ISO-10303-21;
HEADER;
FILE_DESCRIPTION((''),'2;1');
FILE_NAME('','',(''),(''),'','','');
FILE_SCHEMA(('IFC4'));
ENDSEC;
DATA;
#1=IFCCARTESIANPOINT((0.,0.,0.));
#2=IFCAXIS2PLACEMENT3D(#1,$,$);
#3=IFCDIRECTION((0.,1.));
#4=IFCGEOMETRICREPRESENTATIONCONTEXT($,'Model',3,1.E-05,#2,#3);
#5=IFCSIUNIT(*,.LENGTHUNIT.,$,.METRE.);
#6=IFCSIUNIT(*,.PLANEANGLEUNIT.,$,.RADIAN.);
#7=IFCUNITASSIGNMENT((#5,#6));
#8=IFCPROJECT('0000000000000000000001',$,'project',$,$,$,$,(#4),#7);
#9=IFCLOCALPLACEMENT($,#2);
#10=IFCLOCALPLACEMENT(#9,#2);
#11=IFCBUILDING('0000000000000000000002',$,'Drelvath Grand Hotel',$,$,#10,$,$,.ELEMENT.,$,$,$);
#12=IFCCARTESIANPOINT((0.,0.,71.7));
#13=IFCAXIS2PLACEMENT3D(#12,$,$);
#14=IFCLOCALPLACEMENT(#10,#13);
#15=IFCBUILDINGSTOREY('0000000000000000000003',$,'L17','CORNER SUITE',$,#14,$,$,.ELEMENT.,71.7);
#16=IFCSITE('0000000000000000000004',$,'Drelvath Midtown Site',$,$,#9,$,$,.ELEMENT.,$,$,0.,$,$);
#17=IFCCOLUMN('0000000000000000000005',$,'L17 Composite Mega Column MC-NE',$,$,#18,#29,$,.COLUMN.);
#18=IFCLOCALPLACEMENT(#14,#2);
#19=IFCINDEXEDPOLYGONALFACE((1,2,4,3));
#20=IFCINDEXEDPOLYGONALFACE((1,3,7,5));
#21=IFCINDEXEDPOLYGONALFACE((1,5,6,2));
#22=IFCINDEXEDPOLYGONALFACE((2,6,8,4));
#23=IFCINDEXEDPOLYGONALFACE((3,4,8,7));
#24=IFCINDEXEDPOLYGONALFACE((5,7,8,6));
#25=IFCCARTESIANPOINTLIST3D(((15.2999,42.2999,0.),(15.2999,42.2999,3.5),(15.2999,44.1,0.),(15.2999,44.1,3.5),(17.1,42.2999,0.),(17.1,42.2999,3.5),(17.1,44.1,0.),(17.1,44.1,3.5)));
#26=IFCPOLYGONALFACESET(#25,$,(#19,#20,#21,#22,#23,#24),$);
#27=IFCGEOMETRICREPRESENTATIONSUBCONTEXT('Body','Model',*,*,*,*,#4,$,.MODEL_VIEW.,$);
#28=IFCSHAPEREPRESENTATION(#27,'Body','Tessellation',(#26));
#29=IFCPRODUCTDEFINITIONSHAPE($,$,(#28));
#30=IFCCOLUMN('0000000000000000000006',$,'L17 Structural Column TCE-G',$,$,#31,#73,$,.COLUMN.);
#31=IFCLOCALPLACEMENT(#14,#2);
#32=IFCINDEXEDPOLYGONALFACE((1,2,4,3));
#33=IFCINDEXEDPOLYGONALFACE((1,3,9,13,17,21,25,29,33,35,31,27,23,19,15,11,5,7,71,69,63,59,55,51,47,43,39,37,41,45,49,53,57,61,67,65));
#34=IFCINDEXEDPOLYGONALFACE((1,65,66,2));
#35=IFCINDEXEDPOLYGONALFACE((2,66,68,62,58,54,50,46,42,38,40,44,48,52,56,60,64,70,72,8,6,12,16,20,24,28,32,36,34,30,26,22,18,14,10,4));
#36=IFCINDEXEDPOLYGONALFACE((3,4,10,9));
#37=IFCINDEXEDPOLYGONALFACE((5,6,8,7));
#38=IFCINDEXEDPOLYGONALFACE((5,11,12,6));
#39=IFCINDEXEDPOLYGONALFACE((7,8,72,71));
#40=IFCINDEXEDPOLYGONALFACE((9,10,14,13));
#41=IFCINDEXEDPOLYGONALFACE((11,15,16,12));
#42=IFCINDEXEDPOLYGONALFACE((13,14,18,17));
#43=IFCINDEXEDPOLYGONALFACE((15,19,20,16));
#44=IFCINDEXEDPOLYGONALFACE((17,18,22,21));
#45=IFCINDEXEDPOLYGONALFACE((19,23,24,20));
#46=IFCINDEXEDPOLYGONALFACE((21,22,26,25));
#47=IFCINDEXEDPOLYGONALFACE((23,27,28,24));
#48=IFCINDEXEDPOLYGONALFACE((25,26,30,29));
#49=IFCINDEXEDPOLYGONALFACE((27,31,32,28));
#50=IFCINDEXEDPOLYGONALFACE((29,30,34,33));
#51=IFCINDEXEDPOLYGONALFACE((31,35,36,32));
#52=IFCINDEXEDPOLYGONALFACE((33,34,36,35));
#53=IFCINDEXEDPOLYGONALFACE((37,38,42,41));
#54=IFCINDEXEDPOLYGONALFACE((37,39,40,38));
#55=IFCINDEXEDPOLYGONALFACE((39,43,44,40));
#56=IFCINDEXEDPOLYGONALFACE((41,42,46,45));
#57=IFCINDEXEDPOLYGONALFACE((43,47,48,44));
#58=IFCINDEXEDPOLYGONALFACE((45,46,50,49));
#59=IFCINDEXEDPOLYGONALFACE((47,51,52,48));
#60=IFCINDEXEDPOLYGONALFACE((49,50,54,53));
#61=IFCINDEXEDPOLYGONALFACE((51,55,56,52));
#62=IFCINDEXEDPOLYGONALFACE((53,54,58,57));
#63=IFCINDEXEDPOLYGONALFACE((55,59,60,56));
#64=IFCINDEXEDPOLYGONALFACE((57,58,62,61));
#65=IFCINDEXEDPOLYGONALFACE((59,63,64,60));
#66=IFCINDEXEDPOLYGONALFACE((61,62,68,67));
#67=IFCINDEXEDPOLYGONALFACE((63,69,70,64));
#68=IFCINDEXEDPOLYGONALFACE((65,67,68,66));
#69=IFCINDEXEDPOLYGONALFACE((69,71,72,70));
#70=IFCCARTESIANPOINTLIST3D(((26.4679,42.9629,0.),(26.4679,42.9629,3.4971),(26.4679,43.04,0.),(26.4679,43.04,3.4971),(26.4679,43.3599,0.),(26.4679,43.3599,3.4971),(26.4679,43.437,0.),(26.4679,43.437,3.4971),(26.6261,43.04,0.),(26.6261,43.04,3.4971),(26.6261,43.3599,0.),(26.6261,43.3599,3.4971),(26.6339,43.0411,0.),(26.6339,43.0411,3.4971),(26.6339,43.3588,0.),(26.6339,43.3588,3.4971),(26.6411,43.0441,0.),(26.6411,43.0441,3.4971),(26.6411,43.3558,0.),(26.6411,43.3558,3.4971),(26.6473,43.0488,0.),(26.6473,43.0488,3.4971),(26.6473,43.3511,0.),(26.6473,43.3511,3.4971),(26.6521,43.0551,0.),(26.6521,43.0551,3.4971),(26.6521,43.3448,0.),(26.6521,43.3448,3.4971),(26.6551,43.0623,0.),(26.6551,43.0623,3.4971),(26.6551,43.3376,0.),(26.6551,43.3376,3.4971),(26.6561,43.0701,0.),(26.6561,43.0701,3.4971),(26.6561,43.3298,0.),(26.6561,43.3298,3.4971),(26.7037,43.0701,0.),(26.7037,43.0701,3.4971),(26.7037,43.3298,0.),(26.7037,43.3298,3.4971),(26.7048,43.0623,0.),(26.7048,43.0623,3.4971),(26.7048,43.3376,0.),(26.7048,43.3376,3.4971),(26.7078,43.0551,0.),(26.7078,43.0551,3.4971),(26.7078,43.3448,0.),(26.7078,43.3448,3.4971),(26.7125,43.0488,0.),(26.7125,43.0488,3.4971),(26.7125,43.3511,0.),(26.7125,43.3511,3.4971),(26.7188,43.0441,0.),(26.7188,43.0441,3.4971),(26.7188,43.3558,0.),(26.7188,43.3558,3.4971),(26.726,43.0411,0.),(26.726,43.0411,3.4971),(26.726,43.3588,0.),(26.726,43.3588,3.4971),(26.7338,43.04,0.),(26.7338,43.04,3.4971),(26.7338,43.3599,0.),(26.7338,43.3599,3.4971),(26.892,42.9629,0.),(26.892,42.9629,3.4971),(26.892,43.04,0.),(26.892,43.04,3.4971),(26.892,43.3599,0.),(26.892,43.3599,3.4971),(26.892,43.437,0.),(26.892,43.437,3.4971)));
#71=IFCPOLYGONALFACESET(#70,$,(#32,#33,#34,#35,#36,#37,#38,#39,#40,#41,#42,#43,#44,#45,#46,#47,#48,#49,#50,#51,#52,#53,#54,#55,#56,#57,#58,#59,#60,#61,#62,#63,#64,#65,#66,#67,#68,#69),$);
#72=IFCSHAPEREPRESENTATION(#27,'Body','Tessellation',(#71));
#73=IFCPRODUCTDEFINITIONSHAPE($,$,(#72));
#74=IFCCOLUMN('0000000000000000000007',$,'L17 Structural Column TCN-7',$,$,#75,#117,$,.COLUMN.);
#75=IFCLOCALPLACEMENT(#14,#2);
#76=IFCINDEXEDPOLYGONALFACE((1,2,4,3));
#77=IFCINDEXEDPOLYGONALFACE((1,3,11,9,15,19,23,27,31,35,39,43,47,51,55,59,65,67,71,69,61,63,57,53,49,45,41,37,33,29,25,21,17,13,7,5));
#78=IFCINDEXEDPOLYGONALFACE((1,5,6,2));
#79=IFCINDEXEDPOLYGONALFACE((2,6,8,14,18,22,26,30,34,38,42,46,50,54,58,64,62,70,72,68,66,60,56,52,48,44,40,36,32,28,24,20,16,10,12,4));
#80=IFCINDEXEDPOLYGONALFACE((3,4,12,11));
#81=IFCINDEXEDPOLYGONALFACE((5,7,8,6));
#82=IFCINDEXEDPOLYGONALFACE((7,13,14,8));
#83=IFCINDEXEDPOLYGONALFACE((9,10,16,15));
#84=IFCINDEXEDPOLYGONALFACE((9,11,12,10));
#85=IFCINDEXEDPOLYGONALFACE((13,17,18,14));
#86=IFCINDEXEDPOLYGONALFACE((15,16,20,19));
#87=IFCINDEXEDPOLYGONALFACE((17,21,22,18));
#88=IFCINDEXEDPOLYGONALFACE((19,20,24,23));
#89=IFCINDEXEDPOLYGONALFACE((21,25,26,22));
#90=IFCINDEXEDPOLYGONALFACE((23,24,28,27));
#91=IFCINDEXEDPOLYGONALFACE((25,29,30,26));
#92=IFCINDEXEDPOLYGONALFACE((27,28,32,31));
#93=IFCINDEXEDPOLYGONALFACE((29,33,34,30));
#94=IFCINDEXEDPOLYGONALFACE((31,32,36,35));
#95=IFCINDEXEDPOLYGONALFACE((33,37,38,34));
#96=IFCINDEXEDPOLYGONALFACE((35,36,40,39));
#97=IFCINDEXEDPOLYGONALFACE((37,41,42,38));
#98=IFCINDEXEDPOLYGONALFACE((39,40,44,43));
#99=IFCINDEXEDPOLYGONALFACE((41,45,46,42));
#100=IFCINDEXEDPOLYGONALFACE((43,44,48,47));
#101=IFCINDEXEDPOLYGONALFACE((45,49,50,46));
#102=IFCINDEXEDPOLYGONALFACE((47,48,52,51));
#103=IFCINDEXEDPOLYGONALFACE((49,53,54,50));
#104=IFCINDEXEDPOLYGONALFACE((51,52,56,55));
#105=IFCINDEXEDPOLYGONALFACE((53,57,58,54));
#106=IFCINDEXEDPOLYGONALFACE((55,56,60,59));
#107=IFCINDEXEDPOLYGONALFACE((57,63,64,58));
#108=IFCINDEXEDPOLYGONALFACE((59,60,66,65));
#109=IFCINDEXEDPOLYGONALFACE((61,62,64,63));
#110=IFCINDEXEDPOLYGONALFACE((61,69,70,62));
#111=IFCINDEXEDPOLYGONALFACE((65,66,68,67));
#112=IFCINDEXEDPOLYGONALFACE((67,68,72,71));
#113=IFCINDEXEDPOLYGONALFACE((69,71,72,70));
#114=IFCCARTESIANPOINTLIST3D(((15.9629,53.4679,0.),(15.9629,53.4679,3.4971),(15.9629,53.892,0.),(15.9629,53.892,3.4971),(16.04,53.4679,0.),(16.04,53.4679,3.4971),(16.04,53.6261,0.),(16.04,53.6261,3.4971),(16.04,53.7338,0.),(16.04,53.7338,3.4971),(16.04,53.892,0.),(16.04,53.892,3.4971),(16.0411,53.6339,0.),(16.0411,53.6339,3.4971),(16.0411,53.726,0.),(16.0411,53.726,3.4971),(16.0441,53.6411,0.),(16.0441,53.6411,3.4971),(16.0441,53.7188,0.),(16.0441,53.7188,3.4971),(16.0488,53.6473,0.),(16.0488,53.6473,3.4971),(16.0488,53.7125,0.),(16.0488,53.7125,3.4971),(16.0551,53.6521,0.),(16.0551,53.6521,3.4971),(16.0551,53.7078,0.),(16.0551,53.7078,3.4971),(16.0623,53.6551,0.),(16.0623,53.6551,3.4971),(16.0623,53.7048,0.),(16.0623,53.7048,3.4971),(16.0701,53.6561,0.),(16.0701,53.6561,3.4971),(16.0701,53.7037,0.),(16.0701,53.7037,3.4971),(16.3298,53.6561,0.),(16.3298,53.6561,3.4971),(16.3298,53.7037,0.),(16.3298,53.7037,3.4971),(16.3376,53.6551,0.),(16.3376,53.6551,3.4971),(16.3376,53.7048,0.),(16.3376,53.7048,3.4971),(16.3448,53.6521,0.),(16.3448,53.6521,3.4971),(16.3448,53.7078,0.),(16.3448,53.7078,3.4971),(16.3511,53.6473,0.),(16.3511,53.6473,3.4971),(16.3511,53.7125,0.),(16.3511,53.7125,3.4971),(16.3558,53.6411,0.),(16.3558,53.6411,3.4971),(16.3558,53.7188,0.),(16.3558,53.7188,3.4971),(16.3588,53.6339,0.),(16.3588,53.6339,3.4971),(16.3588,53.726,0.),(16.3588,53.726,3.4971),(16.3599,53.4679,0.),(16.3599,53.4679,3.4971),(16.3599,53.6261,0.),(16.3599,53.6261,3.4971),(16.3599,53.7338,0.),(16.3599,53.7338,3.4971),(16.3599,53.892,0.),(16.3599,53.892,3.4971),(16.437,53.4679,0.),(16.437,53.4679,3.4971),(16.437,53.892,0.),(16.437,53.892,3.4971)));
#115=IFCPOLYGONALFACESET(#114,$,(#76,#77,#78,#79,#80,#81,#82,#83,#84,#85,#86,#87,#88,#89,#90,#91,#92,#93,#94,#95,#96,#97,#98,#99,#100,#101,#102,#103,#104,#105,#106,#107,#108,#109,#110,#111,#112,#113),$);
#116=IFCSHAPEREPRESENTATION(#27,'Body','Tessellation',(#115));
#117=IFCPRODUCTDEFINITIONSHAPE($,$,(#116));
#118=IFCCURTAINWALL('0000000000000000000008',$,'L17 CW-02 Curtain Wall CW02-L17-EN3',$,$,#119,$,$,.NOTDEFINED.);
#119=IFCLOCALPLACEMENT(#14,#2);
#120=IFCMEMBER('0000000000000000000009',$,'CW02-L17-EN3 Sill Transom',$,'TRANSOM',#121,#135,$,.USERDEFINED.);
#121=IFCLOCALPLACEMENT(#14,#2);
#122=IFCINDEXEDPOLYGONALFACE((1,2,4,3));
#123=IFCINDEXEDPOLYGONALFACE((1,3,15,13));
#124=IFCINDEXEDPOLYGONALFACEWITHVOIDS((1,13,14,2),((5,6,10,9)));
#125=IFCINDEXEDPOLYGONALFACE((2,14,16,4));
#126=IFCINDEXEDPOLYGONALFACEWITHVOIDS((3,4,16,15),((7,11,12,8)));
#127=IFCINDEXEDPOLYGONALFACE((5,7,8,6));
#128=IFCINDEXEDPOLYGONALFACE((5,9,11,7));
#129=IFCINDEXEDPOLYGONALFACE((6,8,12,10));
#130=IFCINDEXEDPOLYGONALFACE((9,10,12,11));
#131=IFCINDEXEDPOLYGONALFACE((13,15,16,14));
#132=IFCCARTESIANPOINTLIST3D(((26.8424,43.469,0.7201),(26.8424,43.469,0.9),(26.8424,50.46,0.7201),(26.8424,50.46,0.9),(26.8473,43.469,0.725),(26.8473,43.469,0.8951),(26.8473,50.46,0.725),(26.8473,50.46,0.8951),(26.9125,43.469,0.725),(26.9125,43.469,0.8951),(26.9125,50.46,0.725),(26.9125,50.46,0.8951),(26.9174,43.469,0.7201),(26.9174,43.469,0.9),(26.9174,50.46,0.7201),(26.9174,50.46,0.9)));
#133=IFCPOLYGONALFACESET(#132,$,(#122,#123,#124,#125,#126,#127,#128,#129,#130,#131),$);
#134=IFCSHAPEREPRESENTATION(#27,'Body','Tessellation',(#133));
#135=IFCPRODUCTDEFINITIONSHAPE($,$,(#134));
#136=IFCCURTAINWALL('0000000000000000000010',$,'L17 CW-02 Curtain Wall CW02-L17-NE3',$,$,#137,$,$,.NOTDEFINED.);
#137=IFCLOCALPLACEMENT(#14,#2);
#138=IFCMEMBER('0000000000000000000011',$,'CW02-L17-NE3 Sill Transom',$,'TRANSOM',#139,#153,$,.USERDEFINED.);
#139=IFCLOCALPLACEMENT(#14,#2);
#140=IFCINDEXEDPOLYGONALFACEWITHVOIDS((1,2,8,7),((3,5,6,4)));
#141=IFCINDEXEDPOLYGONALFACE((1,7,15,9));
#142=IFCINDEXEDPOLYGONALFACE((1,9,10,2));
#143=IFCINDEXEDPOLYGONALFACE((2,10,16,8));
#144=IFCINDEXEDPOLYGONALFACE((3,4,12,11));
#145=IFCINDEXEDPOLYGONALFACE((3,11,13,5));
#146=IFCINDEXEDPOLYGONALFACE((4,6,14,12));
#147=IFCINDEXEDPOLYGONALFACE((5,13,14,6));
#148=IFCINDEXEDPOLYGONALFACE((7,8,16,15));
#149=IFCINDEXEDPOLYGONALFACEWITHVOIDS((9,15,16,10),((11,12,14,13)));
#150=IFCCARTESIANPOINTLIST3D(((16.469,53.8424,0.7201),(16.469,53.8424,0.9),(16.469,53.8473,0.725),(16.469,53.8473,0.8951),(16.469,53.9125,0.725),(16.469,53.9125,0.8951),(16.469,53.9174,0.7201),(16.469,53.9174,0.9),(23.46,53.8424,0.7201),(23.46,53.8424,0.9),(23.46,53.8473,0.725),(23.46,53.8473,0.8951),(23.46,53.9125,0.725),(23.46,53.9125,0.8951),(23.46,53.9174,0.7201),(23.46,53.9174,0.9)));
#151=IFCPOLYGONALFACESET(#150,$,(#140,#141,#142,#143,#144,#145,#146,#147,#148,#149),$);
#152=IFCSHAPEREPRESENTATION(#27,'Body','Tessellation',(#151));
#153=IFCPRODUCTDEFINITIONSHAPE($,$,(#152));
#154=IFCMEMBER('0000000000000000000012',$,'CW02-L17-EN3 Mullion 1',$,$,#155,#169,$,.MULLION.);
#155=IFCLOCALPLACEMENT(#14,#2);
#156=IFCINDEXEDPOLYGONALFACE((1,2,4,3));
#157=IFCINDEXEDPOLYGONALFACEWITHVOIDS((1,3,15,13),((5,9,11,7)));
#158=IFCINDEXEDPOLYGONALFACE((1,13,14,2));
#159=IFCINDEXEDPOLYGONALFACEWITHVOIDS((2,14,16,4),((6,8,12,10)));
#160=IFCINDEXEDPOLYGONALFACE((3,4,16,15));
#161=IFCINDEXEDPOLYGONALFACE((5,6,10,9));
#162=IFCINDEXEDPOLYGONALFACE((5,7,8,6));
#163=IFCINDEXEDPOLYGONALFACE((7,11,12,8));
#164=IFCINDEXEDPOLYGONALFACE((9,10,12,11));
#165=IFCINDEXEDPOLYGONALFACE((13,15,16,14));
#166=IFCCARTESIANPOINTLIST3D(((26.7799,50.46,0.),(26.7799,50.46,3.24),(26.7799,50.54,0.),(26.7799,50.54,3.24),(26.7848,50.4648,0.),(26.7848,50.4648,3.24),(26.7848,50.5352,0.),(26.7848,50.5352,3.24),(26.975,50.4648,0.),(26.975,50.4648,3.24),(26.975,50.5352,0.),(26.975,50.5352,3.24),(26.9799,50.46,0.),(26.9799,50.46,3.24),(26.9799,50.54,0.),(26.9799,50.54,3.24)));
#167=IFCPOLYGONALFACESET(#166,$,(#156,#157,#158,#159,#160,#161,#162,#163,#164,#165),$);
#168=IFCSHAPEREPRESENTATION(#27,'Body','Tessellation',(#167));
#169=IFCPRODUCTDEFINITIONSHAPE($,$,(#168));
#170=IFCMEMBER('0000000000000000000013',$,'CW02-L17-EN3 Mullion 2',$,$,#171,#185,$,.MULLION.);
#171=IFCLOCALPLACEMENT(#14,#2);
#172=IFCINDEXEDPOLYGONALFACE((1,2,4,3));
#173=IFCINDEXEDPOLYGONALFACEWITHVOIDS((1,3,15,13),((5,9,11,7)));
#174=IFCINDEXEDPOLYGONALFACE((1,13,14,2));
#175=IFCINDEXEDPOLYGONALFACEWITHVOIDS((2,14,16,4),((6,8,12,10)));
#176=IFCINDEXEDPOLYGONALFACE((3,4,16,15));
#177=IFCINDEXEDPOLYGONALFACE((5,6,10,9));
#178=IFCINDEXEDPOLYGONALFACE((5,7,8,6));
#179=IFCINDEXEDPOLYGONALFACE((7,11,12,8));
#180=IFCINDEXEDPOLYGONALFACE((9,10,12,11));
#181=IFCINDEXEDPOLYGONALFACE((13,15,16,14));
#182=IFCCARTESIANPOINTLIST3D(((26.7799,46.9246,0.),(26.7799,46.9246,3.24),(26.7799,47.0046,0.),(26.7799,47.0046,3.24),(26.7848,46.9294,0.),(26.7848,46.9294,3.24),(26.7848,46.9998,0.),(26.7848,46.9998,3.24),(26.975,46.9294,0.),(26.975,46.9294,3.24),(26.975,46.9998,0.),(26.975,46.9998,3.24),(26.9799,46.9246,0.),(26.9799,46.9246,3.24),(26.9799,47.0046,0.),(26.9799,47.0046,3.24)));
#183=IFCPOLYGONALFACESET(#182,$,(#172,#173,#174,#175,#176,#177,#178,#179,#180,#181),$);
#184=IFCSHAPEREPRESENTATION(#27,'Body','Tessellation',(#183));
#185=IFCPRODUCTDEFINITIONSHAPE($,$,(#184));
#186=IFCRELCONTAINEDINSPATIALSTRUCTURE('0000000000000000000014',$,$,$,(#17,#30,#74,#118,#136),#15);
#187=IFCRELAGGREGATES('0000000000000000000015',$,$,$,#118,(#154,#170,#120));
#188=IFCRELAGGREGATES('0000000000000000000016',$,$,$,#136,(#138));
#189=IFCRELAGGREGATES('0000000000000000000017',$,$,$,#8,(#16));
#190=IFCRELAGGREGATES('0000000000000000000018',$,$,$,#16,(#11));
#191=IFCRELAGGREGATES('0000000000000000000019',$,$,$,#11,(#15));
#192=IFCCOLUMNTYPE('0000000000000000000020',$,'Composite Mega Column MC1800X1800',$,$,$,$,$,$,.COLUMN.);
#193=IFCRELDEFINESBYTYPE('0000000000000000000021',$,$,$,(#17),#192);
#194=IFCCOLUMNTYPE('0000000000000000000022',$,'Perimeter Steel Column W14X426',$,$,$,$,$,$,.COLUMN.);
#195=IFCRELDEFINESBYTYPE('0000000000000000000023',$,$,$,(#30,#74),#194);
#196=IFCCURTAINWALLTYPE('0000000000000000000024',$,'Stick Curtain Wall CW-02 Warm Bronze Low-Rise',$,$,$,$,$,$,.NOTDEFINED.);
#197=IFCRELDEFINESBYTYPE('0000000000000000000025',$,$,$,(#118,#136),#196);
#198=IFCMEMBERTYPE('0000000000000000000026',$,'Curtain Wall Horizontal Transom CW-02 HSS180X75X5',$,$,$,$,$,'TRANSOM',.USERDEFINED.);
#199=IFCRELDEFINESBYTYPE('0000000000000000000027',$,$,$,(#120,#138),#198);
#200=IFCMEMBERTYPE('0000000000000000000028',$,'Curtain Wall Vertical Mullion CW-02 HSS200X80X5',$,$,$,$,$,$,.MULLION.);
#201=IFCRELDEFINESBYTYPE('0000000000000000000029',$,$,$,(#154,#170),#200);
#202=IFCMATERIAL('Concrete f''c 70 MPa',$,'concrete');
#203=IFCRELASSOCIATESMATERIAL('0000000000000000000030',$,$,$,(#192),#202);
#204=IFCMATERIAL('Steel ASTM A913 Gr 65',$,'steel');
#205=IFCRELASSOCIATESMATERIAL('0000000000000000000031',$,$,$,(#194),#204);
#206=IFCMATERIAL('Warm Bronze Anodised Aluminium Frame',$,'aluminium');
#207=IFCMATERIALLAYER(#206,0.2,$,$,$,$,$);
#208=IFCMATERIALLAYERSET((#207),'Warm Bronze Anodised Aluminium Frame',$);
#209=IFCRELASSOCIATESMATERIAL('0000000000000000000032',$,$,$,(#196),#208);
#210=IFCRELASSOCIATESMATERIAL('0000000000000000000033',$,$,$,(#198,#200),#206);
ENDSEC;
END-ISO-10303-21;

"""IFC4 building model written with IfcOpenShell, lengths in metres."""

from ifc_helpers import new_model, si_unit, direction, frame, origin, origin_2d, place, context, subcontext, project, spatial, rectangle, hollow_rectangle, i_section, extrude, material, layer, layer_set, material_profile, profile_set, type_object, element, aggregate, save


model = new_model("IFC4")

# Units and contexts
model_context = context("Model", 3, precision=1e-05, world=origin(), true_north=direction((0.0, 1.0)))
body_context = subcontext(model_context, "Body", "Model", "MODEL_VIEW")
ifc_project = project(units=[si_unit("LENGTHUNIT", "METRE"), si_unit("PLANEANGLEUNIT", "RADIAN")], contexts=[model_context])

# Site, building, storey
site_placement = place(None, origin())
site = spatial("IfcSite", under=ifc_project, at=site_placement, Name="Drelvath Midtown Site", CompositionType="ELEMENT", RefElevation=0.0)
building_placement = place(site_placement, origin())
building = spatial("IfcBuilding", under=site, at=building_placement, Name="Drelvath Grand Hotel", CompositionType="ELEMENT")
storey_placement = place(building_placement, frame((0.0, 0.0, 71.7)))
storey = spatial("IfcBuildingStorey", under=building, at=storey_placement, Name="L17", Description="CORNER SUITE", CompositionType="ELEMENT", Elevation=71.7)

# Columns
ifc_material_1 = material(Name="Concrete f'c 70 MPa", Category="concrete")
ifc_material_profile_1 = material_profile(ifc_material_1, rectangle(XDim=1.8, YDim=1.8, at=origin_2d()), Name="MC1800X1800")
ifc_profile_set_1 = profile_set([ifc_material_profile_1], Name="Concrete f'c 70 MPa")
column_type_1 = type_object("IfcColumnType", Name="Composite Mega Column MC1800X1800", PredefinedType="COLUMN", material=ifc_profile_set_1)
column_placement = place(storey_placement, frame((16.2, 43.2, 0.0), z_axis=(0.0, 0.0, 1.0), x_axis=(1.0, 0.0, 0.0)))
element("IfcColumn", 1, at=column_placement, inside=storey, type_object=column_type_1, Name="L17 Composite Mega Column MC-NE", PredefinedType="COLUMN", context=body_context, shape_type="SweptSolid", body=[
    extrude(rectangle(XDim=1.8, YDim=1.8, at=origin_2d()), origin(), (0.0, 0.0, 1.0), 3.5),
])
ifc_material_2 = material(Name="Steel ASTM A913 Gr 65", Category="steel")
ifc_material_profile_2 = material_profile(ifc_material_2, i_section(OverallWidth=0.4241, OverallDepth=0.4741, WebThickness=0.0476, FlangeThickness=0.0771, FilletRadius=0.03, at=origin_2d()), Name="W14X426")
ifc_profile_set_2 = profile_set([ifc_material_profile_2], Name="Steel ASTM A913 Gr 65")
column_type_2 = type_object("IfcColumnType", Name="Perimeter Steel Column W14X426", PredefinedType="COLUMN", material=ifc_profile_set_2)
for number, where, z_axis, x_axis, name in (
    (2, (26.6799, 43.2, 0.0), (0.0, 0.0, 1.0), (1.0, 0.0, 0.0), "L17 Structural Column TCE-G"),
    (3, (16.2, 53.6799, 0.0), (0.0, 0.0, 1.0), (0.0, 1.0, 0.0), "L17 Structural Column TCN-7"),
):
    element("IfcColumn", number, at=place(storey_placement, frame(where, z_axis=z_axis, x_axis=x_axis)), inside=storey, type_object=column_type_2, Name=name, PredefinedType="COLUMN", context=body_context, shape_type="SweptSolid", body=[
        extrude(i_section(OverallWidth=0.4241, OverallDepth=0.4741, WebThickness=0.0476, FlangeThickness=0.0771, FilletRadius=0.03, at=origin_2d()), origin(), (0.0, 0.0, 1.0), 3.4971),
    ])

# Curtain walls, members
ifc_material_3 = material(Name="Warm Bronze Anodised Aluminium Frame", Category="aluminium")
ifc_layer_1 = layer(ifc_material_3, 0.2)
ifc_layer_set_1 = layer_set([ifc_layer_1], Name="Warm Bronze Anodised Aluminium Frame")
curtain_wall_type = type_object("IfcCurtainWallType", Name="Stick Curtain Wall CW-02 Warm Bronze Low-Rise", PredefinedType="NOTDEFINED", material=ifc_layer_set_1)
curtain_wall_1_placement = place(storey_placement, origin())
curtain_wall_1 = element("IfcCurtainWall", 4, at=curtain_wall_1_placement, inside=storey, type_object=curtain_wall_type, Name="L17 CW-02 Curtain Wall CW02-L17-EN3", PredefinedType="NOTDEFINED")
ifc_material_profile_3 = material_profile(ifc_material_3, hollow_rectangle(XDim=0.075, YDim=0.1799, WallThickness=0.0049, at=origin_2d()), Name="HSS180X75X5")
ifc_profile_set_3 = profile_set([ifc_material_profile_3], Name="Warm Bronze Anodised Aluminium Frame")
member_type_1 = type_object("IfcMemberType", Name="Curtain Wall Horizontal Transom CW-02 HSS180X75X5", ElementType="TRANSOM", PredefinedType="USERDEFINED", material=ifc_profile_set_3)
member_1_placement = place(storey_placement, frame((26.8799, 50.46, 0.8101), z_axis=(0.0, -1.0, 0.0), x_axis=(1.0, 0.0, 0.0)))
member_1 = element("IfcMember", 5, at=member_1_placement, type_object=member_type_1, Name="CW02-L17-EN3 Sill Transom", ObjectType="TRANSOM", PredefinedType="USERDEFINED", context=body_context, shape_type="SweptSolid", body=[
    extrude(hollow_rectangle(XDim=0.075, YDim=0.1799, WallThickness=0.0049, at=origin_2d()), origin(), (0.0, 0.0, 1.0), 6.991),
])
curtain_wall_2_placement = place(storey_placement, origin())
curtain_wall_2 = element("IfcCurtainWall", 6, at=curtain_wall_2_placement, inside=storey, type_object=curtain_wall_type, Name="L17 CW-02 Curtain Wall CW02-L17-NE3", PredefinedType="NOTDEFINED")
member_2_placement = place(storey_placement, frame((16.469, 53.8799, 0.8101), z_axis=(1.0, 0.0, 0.0), x_axis=(0.0, 1.0, 0.0)))
member_2 = element("IfcMember", 7, at=member_2_placement, type_object=member_type_1, Name="CW02-L17-NE3 Sill Transom", ObjectType="TRANSOM", PredefinedType="USERDEFINED", context=body_context, shape_type="SweptSolid", body=[
    extrude(hollow_rectangle(XDim=0.075, YDim=0.1799, WallThickness=0.0049, at=origin_2d()), origin(), (0.0, 0.0, 1.0), 6.991),
])

# Members
ifc_material_profile_4 = material_profile(ifc_material_3, hollow_rectangle(XDim=0.0801, YDim=0.2, WallThickness=0.0049, at=origin_2d()), Name="HSS200X80X5")
ifc_profile_set_4 = profile_set([ifc_material_profile_4], Name="Warm Bronze Anodised Aluminium Frame")
member_type_2 = type_object("IfcMemberType", Name="Curtain Wall Vertical Mullion CW-02 HSS200X80X5", PredefinedType="MULLION", material=ifc_profile_set_4)
member_3_placement = place(storey_placement, frame((26.8799, 50.5, 0.0), z_axis=(0.0, 0.0, 1.0), x_axis=(0.0, 1.0, 0.0)))
member_3 = element("IfcMember", 8, at=member_3_placement, type_object=member_type_2, Name="CW02-L17-EN3 Mullion 1", PredefinedType="MULLION", context=body_context, shape_type="SweptSolid", body=[
    extrude(hollow_rectangle(XDim=0.0801, YDim=0.2, WallThickness=0.0049, at=origin_2d()), origin(), (0.0, 0.0, 1.0), 3.24),
])
member_4_placement = place(storey_placement, frame((26.8799, 46.9646, 0.0), z_axis=(0.0, 0.0, 1.0), x_axis=(0.0, 1.0, 0.0)))
member_4 = element("IfcMember", 9, at=member_4_placement, type_object=member_type_2, Name="CW02-L17-EN3 Mullion 2", PredefinedType="MULLION", context=body_context, shape_type="SweptSolid", body=[
    extrude(hollow_rectangle(XDim=0.0801, YDim=0.2, WallThickness=0.0049, at=origin_2d()), origin(), (0.0, 0.0, 1.0), 3.24),
])

aggregate(curtain_wall_1, [member_3, member_4, member_1])
aggregate(curtain_wall_2, [member_2])

save(model, "model.ifc")
